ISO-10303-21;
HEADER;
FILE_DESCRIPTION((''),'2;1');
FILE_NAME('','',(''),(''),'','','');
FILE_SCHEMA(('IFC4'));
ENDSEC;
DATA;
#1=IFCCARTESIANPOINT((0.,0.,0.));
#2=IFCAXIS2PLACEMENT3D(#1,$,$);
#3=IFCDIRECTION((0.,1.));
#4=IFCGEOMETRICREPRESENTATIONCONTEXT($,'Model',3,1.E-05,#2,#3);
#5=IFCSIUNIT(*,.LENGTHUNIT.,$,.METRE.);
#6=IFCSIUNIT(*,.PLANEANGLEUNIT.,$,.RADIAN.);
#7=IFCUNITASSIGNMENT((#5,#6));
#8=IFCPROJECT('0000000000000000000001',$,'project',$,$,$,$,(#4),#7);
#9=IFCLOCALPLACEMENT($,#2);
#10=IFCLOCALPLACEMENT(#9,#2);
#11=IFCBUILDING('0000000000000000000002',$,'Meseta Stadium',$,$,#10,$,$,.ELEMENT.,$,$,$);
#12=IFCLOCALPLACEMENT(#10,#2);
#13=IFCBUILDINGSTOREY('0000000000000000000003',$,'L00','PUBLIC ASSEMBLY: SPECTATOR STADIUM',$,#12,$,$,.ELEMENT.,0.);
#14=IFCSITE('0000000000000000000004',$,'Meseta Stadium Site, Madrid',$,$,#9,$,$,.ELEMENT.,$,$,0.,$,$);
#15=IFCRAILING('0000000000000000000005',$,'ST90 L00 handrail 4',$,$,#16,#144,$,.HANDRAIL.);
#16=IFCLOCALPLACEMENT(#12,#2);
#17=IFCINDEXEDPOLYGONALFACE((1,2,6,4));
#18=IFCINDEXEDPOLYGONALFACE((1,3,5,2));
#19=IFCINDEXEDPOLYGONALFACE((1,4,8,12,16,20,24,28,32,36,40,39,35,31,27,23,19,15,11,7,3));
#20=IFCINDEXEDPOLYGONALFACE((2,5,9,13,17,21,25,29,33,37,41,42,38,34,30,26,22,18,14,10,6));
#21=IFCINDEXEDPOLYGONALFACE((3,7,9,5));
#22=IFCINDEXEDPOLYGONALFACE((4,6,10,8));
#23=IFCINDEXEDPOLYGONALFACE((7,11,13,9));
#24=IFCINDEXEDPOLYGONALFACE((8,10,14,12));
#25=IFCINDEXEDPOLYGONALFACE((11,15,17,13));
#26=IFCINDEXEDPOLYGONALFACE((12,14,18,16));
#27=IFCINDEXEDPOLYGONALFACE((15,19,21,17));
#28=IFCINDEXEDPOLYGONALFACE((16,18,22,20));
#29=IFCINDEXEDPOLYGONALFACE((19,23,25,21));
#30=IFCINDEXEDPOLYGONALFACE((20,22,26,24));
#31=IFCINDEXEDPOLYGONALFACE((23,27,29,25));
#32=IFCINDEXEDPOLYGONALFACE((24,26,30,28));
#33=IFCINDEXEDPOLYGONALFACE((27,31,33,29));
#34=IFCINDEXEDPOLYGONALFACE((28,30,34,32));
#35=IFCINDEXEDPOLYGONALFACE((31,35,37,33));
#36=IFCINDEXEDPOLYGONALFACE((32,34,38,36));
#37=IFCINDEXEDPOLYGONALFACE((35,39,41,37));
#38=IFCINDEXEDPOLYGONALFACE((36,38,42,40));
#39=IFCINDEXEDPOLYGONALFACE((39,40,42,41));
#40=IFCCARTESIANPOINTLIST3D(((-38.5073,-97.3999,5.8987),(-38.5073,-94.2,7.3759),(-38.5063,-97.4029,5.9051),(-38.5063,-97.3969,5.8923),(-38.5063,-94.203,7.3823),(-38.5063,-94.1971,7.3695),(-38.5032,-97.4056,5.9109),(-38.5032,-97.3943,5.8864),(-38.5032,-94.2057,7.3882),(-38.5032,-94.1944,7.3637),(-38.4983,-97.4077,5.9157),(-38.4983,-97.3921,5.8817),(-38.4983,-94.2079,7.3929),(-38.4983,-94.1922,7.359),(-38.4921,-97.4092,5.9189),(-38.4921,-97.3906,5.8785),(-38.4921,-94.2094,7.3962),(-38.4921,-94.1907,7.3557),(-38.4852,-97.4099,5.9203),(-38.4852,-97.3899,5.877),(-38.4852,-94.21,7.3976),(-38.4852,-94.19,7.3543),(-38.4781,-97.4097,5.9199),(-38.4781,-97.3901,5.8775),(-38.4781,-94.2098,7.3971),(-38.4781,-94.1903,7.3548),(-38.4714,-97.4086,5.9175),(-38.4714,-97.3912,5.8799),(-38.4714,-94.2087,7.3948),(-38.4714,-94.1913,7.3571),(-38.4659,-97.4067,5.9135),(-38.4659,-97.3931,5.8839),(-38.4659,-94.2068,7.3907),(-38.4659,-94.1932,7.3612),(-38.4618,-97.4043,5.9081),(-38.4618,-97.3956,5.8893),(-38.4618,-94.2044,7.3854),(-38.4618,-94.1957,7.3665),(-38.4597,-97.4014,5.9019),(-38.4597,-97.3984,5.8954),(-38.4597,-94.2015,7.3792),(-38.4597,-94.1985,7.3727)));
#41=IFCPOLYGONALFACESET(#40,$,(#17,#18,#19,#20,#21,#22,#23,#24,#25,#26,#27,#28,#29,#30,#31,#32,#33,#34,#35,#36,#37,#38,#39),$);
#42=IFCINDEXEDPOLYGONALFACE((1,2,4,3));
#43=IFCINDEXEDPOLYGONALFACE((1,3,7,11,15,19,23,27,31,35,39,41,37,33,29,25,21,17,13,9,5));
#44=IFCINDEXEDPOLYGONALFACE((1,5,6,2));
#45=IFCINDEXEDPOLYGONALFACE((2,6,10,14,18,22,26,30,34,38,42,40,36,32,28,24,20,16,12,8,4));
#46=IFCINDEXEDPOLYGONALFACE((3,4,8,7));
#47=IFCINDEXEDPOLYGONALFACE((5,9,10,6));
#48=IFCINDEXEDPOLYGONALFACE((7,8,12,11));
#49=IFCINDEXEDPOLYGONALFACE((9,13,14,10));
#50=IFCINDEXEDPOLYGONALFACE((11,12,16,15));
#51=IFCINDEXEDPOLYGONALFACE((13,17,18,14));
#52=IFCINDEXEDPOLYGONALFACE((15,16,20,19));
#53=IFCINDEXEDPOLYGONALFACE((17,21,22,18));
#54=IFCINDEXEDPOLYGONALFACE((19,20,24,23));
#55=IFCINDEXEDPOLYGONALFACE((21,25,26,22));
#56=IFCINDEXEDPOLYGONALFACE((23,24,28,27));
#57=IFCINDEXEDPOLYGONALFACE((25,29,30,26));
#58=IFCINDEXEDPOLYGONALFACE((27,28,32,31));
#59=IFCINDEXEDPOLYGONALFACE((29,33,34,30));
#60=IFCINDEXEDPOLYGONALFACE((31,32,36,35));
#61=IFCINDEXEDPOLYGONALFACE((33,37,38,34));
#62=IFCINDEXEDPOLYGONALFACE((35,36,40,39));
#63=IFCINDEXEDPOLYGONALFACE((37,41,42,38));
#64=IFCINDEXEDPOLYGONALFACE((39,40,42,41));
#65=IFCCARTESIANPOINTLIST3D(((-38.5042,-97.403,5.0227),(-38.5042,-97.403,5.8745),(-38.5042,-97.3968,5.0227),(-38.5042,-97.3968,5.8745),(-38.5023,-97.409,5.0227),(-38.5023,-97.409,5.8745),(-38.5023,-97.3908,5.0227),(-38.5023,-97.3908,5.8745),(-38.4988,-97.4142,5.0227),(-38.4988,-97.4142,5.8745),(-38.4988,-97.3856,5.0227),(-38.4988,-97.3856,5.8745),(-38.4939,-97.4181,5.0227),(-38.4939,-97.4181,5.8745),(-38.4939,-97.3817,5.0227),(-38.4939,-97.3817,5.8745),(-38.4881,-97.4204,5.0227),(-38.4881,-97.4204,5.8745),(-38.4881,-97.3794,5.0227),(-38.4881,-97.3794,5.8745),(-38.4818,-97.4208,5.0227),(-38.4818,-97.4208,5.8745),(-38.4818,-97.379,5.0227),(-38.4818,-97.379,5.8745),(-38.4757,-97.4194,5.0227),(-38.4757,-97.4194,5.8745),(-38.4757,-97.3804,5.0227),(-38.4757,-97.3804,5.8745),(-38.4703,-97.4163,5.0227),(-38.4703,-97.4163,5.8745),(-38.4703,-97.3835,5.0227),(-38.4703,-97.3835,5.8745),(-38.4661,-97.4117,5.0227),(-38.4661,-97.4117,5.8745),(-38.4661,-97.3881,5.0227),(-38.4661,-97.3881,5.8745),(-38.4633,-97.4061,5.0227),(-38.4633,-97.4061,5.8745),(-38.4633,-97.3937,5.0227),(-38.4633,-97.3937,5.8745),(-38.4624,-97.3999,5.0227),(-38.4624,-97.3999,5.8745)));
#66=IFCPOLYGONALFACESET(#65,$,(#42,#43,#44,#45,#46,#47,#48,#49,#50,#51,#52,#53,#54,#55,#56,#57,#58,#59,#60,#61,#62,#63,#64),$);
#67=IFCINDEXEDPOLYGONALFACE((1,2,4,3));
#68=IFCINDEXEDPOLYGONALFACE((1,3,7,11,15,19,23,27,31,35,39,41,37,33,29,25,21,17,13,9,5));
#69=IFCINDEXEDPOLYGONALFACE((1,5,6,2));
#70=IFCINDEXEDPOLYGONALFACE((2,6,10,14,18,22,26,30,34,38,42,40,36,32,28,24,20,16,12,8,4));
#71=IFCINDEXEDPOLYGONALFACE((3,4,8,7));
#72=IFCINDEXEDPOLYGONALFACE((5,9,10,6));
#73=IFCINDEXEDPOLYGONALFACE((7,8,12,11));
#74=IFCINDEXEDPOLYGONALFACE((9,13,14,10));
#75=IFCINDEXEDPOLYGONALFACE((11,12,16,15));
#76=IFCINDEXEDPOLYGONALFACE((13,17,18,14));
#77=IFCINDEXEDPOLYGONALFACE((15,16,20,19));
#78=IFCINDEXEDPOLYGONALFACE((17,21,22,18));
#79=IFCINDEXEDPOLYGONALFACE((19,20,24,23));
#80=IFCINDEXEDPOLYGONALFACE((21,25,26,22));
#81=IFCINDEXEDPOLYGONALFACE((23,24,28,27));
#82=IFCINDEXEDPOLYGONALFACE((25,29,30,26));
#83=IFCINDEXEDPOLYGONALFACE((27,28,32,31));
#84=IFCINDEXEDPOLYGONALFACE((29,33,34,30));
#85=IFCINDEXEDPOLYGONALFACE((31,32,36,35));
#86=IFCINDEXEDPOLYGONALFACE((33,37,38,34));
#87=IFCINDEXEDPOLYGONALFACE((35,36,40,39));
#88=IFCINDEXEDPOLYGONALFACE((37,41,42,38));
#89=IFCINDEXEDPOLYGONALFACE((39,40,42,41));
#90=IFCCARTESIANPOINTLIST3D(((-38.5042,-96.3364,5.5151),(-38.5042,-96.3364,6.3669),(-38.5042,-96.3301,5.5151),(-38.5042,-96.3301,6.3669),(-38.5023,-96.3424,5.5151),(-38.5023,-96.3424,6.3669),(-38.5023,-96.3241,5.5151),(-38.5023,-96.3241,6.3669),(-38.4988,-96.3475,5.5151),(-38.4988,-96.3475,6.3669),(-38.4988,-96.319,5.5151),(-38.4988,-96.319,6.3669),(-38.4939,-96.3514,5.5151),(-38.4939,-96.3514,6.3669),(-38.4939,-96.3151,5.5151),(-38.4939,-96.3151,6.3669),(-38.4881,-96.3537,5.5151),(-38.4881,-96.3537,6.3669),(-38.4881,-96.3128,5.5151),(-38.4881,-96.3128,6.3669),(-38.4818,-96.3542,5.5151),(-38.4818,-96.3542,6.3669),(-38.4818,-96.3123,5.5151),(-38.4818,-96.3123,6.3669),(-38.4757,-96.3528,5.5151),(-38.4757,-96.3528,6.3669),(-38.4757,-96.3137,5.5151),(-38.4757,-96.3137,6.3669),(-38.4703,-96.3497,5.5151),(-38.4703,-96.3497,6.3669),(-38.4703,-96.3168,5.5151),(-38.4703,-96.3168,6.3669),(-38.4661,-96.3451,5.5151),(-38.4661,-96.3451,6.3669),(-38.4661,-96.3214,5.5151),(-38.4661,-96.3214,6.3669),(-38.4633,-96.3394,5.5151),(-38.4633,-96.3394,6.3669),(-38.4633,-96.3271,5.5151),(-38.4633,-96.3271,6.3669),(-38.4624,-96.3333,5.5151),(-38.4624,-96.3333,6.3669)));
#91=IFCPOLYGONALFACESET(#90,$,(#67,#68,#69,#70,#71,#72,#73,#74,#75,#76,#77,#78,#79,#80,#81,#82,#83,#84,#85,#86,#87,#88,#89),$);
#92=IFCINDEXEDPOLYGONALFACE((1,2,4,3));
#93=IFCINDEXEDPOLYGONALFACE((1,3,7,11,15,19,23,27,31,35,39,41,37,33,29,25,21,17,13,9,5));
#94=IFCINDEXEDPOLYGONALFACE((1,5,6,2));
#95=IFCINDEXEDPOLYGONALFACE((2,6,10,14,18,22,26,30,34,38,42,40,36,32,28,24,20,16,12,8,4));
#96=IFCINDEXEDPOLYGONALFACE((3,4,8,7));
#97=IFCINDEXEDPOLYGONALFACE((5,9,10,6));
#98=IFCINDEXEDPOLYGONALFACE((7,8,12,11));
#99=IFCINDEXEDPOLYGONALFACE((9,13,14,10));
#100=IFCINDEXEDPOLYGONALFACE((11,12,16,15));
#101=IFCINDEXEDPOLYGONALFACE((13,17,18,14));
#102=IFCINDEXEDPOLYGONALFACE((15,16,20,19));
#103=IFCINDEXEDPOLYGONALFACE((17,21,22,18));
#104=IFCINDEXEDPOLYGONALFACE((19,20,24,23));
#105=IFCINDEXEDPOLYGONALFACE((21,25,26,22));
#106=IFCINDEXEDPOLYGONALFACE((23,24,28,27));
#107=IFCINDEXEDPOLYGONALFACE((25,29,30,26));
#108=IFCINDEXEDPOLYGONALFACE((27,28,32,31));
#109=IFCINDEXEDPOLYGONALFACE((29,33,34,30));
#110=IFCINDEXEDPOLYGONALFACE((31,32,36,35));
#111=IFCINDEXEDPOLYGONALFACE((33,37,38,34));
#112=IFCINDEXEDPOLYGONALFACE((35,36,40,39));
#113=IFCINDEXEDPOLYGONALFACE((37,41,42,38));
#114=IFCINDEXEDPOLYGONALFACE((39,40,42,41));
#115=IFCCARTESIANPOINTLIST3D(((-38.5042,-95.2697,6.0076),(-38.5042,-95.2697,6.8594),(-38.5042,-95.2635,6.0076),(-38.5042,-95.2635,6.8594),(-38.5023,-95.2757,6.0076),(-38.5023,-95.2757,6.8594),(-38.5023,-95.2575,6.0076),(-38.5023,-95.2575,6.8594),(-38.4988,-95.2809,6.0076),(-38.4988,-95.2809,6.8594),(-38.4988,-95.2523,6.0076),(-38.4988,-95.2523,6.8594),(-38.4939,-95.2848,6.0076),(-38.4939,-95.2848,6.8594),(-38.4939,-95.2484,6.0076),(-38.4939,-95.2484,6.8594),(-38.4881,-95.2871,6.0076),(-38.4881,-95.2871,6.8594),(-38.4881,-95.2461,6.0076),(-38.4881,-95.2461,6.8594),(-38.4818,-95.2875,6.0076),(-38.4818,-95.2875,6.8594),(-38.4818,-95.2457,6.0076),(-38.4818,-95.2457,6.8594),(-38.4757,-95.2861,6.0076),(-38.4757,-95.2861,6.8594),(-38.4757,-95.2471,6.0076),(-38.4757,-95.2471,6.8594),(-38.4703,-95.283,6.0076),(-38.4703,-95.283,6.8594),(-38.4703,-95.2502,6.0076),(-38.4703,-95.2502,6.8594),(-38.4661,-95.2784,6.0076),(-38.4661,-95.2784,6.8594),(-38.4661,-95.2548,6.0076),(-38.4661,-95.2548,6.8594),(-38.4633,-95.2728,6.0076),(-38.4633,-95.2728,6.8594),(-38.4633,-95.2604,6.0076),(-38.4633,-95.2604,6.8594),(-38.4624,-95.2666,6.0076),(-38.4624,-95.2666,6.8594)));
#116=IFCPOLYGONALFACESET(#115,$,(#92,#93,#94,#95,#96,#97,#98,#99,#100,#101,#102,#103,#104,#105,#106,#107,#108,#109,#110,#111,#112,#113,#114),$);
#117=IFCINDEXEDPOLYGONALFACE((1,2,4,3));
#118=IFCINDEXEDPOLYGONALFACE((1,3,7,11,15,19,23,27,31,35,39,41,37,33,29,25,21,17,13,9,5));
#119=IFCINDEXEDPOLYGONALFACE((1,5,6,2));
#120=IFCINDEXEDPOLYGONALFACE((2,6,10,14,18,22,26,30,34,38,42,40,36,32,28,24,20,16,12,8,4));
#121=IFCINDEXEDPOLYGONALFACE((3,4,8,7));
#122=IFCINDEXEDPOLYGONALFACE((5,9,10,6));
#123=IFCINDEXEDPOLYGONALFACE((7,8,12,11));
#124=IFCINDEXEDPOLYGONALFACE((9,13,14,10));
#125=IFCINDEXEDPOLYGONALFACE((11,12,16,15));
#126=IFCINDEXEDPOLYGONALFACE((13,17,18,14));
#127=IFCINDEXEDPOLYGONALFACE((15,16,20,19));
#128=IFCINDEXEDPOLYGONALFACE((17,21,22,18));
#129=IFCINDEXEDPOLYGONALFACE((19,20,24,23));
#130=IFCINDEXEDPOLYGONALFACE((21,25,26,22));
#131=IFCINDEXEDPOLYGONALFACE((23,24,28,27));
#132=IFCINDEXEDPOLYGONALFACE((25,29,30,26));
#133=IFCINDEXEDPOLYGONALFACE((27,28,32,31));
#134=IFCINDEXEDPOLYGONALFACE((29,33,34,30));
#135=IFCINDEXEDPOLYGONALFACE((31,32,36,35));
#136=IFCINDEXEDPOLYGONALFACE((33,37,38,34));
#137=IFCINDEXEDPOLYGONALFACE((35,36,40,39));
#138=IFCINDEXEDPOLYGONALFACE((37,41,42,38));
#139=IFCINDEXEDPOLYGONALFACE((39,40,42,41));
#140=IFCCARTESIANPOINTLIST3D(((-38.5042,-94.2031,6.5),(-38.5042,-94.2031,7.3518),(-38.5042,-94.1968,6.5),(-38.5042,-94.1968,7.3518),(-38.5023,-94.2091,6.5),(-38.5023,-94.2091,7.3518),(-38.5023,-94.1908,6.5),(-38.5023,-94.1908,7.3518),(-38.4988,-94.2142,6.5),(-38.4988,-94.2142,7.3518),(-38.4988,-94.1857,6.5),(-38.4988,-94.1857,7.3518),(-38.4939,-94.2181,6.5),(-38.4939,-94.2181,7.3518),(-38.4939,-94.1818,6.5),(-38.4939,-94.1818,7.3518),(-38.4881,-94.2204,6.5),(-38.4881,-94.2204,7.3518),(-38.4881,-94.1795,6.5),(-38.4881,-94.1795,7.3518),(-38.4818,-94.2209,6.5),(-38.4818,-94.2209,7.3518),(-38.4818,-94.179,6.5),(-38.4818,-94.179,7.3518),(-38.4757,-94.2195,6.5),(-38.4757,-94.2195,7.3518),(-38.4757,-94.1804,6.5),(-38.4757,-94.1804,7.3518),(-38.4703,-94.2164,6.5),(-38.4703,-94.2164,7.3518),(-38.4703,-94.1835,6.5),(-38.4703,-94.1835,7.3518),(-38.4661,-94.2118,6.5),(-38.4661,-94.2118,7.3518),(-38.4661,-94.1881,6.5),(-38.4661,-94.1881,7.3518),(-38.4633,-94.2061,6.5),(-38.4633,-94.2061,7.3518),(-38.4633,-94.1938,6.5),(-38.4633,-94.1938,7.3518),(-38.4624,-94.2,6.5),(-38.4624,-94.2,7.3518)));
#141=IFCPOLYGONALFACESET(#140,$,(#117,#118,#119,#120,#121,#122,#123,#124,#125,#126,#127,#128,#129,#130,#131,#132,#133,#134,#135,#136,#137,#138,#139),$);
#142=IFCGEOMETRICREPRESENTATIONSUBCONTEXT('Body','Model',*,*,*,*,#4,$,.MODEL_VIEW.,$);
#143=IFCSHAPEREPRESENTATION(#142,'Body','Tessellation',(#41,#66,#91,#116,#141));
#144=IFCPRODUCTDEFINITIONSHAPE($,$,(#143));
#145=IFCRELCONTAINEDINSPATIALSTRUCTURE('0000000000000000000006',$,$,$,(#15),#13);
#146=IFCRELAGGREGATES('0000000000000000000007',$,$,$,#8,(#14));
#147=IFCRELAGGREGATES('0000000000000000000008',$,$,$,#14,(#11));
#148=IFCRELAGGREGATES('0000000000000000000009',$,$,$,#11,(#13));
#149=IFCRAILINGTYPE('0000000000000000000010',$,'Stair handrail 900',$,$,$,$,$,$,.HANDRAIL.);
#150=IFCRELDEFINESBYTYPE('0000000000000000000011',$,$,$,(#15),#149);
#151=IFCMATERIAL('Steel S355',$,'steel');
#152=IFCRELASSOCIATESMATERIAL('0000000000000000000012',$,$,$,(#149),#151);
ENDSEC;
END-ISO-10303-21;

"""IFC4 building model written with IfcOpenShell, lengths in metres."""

from ifc_helpers import new_model, si_unit, direction, frame, origin, origin_2d, place, context, subcontext, project, spatial, circle, extrude, material, type_object, element, save


model = new_model("IFC4")

# Units and contexts
model_context = context("Model", 3, precision=1e-05, world=origin(), true_north=direction((0.0, 1.0)))
body_context = subcontext(model_context, "Body", "Model", "MODEL_VIEW")
ifc_project = project(units=[si_unit("LENGTHUNIT", "METRE"), si_unit("PLANEANGLEUNIT", "RADIAN")], contexts=[model_context])

# Site, building, storey
site_placement = place(None, origin())
site = spatial("IfcSite", under=ifc_project, at=site_placement, Name="Meseta Stadium Site, Madrid", CompositionType="ELEMENT", RefElevation=0.0)
building_placement = place(site_placement, origin())
building = spatial("IfcBuilding", under=site, at=building_placement, Name="Meseta Stadium", CompositionType="ELEMENT")
storey_placement = place(building_placement, origin())
storey = spatial("IfcBuildingStorey", under=building, at=storey_placement, Name="L00", Description="PUBLIC ASSEMBLY: SPECTATOR STADIUM", CompositionType="ELEMENT", Elevation=0.0)

# Railing
ifc_material_1 = material(Name="Steel S355", Category="steel")
railing_type_1 = type_object("IfcRailingType", Name="Stair handrail 900", PredefinedType="HANDRAIL", material=ifc_material_1)
for number, where, name in (
    (1, (-38.4834, -97.3999, 5.0227), "ST90 L00 handrail 4"),
):
    element("IfcRailing", number, at=place(storey_placement, frame(where)), inside=storey, type_object=railing_type_1, Name=name, PredefinedType="HANDRAIL", context=body_context, shape_type="SweptSolid", body=[
        extrude(circle(Radius=0.0239, at=origin_2d()), frame((0.0, 0.0, 0.876), z_axis=(0.0, 0.907917, 0.41915), x_axis=(-1.0, 0.0, 0.0)), (0.0, 0.0, 1.0), 3.5244),
        extrude(circle(Radius=0.021, at=origin_2d()), origin(), (0.0, 0.0, 1.0), 0.8518),
        extrude(circle(Radius=0.021, at=origin_2d()), frame((0.0, 1.0667, 0.4924)), (0.0, 0.0, 1.0), 0.8518),
        extrude(circle(Radius=0.021, at=origin_2d()), frame((0.0, 2.1333, 0.9849)), (0.0, 0.0, 1.0), 0.8518),
        extrude(circle(Radius=0.021, at=origin_2d()), frame((0.0, 3.2, 1.4773)), (0.0, 0.0, 1.0), 0.8518),
    ])

save(model, "model.ifc")
